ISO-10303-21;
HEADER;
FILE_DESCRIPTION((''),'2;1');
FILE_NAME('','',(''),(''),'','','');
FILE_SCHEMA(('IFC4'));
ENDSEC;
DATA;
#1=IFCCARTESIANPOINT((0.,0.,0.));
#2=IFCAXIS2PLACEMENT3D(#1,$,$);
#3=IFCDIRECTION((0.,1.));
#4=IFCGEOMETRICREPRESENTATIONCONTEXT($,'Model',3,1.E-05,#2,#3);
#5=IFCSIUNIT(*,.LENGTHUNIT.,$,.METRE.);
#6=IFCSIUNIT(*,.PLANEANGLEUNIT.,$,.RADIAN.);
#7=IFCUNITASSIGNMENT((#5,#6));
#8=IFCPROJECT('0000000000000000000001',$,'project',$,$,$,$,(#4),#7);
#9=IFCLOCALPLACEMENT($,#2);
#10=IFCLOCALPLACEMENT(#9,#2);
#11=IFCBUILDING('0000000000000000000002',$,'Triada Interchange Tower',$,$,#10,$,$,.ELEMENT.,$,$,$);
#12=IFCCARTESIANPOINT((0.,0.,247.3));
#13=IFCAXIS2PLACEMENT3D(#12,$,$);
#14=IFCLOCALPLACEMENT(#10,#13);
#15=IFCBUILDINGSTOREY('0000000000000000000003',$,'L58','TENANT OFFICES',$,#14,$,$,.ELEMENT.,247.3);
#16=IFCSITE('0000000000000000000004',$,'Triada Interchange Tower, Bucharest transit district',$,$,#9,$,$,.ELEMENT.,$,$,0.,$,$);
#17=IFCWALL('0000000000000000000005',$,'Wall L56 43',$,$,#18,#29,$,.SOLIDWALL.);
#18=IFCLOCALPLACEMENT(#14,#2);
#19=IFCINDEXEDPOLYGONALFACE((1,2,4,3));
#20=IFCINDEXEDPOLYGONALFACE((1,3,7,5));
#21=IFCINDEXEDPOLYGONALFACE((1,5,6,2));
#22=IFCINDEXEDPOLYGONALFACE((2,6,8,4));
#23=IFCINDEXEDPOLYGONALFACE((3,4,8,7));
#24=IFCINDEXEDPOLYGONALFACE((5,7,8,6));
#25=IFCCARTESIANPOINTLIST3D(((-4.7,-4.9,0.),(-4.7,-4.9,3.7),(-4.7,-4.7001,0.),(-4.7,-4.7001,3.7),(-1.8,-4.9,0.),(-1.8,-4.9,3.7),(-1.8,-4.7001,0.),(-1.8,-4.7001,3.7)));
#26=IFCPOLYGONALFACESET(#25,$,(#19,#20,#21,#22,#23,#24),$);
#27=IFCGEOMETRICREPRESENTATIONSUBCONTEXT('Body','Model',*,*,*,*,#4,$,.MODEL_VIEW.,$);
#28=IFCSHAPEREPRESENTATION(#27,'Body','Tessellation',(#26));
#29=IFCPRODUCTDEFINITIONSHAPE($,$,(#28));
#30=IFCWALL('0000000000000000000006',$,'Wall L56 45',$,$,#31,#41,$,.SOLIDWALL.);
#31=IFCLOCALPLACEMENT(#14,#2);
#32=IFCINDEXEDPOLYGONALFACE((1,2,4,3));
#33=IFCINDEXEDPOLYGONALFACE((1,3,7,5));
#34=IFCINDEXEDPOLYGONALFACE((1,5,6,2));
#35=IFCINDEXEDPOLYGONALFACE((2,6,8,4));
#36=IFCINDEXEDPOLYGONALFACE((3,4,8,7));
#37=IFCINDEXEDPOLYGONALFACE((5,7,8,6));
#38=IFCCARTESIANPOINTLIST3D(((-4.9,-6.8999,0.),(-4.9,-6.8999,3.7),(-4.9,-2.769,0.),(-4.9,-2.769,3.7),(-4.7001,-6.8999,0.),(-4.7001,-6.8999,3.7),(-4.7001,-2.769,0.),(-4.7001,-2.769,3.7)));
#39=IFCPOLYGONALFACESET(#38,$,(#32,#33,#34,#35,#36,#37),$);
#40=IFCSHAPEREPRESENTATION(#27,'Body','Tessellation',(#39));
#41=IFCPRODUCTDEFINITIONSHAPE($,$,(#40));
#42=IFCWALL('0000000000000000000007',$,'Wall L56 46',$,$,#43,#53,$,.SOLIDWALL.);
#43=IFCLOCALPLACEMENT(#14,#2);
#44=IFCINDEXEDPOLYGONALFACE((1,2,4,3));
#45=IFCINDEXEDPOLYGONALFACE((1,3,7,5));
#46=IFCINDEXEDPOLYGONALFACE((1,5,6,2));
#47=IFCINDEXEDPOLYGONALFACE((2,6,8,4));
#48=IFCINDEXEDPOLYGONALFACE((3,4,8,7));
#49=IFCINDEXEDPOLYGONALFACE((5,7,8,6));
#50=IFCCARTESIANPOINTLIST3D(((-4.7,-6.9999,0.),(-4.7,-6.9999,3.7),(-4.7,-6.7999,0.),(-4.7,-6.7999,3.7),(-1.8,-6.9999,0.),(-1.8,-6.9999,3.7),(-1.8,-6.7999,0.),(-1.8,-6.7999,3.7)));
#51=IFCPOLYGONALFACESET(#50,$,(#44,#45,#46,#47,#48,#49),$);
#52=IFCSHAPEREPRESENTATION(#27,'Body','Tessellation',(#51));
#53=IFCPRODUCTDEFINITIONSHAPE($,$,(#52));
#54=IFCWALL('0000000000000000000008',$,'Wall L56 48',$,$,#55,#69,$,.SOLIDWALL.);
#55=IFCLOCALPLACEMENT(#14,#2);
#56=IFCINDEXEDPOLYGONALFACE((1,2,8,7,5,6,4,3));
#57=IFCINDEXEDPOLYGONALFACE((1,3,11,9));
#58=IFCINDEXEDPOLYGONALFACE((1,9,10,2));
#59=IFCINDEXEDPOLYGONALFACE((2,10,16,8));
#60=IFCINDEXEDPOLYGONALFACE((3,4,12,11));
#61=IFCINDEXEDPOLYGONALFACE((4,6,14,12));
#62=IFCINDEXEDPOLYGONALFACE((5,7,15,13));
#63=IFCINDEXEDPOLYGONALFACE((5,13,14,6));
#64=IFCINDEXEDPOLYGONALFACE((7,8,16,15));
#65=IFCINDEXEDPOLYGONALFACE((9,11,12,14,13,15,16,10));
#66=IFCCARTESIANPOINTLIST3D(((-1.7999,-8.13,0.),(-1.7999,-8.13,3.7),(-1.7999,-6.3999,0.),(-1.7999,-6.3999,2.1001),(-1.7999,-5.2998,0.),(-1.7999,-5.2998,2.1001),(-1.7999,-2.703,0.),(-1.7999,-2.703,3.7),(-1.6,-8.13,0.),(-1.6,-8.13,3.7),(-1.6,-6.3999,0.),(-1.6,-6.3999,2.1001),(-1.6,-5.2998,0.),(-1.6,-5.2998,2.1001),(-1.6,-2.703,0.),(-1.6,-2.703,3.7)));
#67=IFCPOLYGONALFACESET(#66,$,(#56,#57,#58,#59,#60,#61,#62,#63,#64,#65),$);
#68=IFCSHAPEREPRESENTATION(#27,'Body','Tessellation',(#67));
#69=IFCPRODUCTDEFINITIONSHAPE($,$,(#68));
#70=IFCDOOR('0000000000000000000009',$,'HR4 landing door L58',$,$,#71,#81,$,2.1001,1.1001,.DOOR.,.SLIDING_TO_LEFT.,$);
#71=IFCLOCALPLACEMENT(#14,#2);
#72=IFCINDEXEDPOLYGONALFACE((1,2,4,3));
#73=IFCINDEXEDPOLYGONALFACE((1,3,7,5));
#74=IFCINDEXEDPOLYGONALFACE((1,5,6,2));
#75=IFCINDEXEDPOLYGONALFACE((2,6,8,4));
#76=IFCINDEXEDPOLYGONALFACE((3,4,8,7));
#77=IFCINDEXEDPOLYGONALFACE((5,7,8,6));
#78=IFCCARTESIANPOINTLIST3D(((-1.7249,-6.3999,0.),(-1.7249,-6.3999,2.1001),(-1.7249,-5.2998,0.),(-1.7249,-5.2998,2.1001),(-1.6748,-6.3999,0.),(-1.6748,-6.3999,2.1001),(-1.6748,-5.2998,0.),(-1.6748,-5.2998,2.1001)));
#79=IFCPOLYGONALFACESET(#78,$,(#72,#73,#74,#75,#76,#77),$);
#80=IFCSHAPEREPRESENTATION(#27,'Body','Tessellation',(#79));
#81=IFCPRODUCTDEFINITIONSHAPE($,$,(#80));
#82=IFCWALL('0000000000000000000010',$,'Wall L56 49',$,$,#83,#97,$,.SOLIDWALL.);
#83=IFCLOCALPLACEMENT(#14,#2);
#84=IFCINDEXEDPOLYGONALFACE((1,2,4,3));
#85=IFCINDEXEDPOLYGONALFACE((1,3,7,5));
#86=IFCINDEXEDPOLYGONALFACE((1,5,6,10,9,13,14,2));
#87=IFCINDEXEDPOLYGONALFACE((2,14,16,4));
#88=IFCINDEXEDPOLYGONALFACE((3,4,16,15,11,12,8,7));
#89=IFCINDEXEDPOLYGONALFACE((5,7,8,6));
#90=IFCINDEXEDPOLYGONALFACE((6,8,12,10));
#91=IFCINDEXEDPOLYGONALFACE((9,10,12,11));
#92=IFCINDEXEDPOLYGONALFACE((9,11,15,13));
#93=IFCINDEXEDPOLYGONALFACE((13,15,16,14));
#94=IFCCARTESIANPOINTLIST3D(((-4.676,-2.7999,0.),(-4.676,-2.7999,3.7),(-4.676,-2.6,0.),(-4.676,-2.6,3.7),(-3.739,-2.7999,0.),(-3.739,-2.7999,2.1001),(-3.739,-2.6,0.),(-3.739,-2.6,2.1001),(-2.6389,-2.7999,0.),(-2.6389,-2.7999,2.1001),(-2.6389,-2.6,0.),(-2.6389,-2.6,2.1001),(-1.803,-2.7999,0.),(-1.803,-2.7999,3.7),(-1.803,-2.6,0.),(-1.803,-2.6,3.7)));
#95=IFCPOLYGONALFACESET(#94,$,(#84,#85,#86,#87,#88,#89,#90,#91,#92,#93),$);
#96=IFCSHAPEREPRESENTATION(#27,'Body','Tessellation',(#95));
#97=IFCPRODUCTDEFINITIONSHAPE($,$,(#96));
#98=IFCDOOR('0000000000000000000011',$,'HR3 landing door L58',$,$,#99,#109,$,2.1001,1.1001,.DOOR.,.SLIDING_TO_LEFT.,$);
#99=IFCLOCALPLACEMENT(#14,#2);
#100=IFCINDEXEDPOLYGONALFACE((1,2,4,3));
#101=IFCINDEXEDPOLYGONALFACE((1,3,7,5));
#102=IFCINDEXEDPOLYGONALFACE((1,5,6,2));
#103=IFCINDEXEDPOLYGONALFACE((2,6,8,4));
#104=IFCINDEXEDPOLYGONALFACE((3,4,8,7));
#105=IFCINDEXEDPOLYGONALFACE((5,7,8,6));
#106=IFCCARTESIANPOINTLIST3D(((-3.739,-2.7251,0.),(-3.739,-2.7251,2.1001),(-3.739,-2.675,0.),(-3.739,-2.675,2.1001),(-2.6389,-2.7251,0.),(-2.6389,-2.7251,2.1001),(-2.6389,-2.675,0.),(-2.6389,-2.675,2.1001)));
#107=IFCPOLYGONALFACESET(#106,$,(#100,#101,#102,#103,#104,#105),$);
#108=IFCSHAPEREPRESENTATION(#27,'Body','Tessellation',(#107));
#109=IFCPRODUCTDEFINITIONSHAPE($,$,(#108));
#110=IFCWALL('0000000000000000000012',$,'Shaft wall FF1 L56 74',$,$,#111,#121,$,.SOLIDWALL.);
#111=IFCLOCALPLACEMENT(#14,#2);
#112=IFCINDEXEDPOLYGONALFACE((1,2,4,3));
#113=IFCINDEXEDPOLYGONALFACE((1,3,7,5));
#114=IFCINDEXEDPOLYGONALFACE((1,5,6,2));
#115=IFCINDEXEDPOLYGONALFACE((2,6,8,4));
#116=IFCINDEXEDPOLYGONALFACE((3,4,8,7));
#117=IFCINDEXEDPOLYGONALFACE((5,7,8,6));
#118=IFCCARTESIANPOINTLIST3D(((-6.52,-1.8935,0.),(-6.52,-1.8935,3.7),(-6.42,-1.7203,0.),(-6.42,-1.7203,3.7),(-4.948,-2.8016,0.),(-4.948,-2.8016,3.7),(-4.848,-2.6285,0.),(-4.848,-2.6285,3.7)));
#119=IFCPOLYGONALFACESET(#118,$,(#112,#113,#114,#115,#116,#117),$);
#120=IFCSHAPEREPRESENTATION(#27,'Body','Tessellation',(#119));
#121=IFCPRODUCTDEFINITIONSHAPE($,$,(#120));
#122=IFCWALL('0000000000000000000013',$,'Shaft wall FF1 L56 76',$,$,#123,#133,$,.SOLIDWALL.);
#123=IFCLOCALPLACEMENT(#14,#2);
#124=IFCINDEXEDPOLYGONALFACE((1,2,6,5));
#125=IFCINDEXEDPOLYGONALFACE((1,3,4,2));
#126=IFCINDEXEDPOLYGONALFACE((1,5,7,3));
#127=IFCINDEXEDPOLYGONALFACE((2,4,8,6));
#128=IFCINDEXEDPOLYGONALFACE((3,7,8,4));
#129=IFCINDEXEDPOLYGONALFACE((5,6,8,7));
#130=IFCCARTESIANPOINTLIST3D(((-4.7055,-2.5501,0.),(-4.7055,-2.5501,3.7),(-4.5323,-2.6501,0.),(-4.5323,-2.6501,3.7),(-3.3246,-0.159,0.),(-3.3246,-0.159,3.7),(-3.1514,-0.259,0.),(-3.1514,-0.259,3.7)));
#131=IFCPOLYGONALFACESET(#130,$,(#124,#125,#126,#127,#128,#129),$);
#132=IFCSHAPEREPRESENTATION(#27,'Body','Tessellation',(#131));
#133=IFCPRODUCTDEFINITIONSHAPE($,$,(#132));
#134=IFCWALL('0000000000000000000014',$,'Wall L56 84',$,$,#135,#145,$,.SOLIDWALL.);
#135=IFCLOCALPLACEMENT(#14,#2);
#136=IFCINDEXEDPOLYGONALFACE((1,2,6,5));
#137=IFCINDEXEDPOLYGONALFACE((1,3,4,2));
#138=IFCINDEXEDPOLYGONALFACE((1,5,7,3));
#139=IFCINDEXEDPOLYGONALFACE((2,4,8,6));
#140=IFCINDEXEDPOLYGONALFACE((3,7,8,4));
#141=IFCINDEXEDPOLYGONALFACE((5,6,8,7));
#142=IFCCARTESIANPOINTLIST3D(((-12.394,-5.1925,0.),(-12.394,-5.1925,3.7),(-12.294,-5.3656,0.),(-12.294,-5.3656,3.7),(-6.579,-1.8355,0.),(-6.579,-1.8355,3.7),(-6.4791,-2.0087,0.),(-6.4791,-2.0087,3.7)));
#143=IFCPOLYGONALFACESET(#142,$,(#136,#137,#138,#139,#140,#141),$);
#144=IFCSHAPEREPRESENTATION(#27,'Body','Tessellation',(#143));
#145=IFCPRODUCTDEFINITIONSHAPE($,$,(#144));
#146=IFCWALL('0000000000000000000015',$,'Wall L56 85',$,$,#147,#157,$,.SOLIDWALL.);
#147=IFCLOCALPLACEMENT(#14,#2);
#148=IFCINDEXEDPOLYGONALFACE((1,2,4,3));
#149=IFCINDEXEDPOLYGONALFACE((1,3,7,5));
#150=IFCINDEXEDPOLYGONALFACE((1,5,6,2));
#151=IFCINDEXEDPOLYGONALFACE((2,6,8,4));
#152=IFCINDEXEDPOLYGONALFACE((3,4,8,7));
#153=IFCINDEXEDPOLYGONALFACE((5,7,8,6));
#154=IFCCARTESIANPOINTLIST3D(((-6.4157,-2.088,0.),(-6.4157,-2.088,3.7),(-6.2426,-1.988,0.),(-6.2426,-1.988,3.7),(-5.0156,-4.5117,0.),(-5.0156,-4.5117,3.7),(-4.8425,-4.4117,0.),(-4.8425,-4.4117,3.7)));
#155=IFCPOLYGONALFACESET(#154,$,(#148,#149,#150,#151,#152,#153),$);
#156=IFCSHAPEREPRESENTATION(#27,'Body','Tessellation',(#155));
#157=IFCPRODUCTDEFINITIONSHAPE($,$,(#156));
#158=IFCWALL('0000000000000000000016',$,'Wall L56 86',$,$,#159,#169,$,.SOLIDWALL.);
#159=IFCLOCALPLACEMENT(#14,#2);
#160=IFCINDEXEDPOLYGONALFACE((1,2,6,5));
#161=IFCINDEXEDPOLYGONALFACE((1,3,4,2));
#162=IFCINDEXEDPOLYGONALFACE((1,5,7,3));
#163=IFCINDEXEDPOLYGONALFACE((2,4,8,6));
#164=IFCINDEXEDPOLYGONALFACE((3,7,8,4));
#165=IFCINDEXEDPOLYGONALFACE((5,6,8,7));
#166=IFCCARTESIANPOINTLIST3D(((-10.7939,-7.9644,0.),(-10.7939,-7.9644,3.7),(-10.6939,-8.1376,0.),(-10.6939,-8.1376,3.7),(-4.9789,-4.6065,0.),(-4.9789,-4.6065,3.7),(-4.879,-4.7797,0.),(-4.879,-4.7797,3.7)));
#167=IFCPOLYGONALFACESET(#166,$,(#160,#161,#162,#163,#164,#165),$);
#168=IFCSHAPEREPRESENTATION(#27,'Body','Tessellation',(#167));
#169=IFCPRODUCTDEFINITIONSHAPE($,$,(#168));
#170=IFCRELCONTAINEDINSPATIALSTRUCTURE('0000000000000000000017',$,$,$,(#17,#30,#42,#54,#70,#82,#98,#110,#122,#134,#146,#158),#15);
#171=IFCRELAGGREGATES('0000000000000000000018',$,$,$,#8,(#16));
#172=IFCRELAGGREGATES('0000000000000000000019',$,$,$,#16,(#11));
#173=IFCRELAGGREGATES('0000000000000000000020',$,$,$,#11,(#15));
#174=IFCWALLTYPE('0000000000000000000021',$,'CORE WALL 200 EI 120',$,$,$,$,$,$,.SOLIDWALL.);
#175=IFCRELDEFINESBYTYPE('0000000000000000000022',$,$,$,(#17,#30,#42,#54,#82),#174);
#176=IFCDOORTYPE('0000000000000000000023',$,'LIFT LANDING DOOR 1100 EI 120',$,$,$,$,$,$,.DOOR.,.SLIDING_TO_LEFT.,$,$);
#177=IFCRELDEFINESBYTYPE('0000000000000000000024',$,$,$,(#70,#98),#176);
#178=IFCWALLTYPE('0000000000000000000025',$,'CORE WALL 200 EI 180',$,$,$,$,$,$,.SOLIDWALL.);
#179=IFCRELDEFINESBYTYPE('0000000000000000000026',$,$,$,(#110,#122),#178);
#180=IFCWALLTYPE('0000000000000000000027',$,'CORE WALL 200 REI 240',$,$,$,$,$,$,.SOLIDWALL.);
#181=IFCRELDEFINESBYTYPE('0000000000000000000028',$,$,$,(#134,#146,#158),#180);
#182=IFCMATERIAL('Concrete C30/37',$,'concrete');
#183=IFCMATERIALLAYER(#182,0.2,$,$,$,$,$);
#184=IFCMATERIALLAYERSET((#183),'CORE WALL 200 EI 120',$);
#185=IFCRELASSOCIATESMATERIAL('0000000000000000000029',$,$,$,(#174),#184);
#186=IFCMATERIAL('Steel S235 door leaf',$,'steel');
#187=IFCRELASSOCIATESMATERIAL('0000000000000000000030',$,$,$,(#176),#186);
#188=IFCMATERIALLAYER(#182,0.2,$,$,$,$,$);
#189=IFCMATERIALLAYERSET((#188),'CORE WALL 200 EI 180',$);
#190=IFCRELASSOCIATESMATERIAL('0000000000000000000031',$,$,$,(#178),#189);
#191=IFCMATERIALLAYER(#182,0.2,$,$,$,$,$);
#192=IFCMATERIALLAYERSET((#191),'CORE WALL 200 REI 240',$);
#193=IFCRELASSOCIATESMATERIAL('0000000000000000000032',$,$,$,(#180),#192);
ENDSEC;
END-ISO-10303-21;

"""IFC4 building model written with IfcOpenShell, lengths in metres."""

from ifc_helpers import new_model, si_unit, direction, frame, frame_2d, origin, place, context, subcontext, project, spatial, rectangle, extrude, material, layer, layer_set, type_object, element, fill, save


model = new_model("IFC4")

# Units and contexts
model_context = context("Model", 3, precision=1e-05, world=origin(), true_north=direction((0.0, 1.0)))
body_context = subcontext(model_context, "Body", "Model", "MODEL_VIEW")
ifc_project = project(units=[si_unit("LENGTHUNIT", "METRE"), si_unit("PLANEANGLEUNIT", "RADIAN")], contexts=[model_context])

# Site, building, storey
site_placement = place(None, origin())
site = spatial("IfcSite", under=ifc_project, at=site_placement, Name="Triada Interchange Tower, Bucharest transit district", CompositionType="ELEMENT", RefElevation=0.0)
building_placement = place(site_placement, origin())
building = spatial("IfcBuilding", under=site, at=building_placement, Name="Triada Interchange Tower", CompositionType="ELEMENT")
storey_placement = place(building_placement, frame((0.0, 0.0, 247.3)))
storey = spatial("IfcBuildingStorey", under=building, at=storey_placement, Name="L58", Description="TENANT OFFICES", CompositionType="ELEMENT", Elevation=247.3)

# Walls
ifc_material_1 = material(Name="Concrete C30/37", Category="concrete")
ifc_layer_1 = layer(ifc_material_1, 0.2)
ifc_layer_set_1 = layer_set([ifc_layer_1], Name="CORE WALL 200 EI 120")
wall_type_1 = type_object("IfcWallType", Name="CORE WALL 200 EI 120", PredefinedType="SOLIDWALL", material=ifc_layer_set_1)
wall_1_placement = place(storey_placement, frame((-4.7, -4.8, 0.0), z_axis=(0.0, 0.0, 1.0), x_axis=(1.0, 0.0, 0.0)))
element("IfcWall", 1, at=wall_1_placement, inside=storey, type_object=wall_type_1, Name="Wall L56 43", PredefinedType="SOLIDWALL", context=body_context, shape_type="SweptSolid", body=[
    extrude(rectangle(XDim=2.8999, YDim=0.2, at=frame_2d((1.45, 0.0))), origin(), (0.0, 0.0, 1.0), 3.7),
])
wall_2_placement = place(storey_placement, frame((-4.8, -6.8999, 0.0), z_axis=(0.0, 0.0, 1.0), x_axis=(0.0, 1.0, 0.0)))
element("IfcWall", 2, at=wall_2_placement, inside=storey, type_object=wall_type_1, Name="Wall L56 45", PredefinedType="SOLIDWALL", context=body_context, shape_type="SweptSolid", body=[
    extrude(rectangle(XDim=4.1309, YDim=0.2, at=frame_2d((2.0654, 0.0))), origin(), (0.0, 0.0, 1.0), 3.7),
])
wall_3_placement = place(storey_placement, frame((-4.7, -6.8999, 0.0), z_axis=(0.0, 0.0, 1.0), x_axis=(1.0, 0.0, 0.0)))
element("IfcWall", 3, at=wall_3_placement, inside=storey, type_object=wall_type_1, Name="Wall L56 46", PredefinedType="SOLIDWALL", context=body_context, shape_type="SweptSolid", body=[
    extrude(rectangle(XDim=2.8999, YDim=0.2, at=frame_2d((1.45, 0.0))), origin(), (0.0, 0.0, 1.0), 3.7),
])

# Walls, openings, doors
wall_4_placement = place(storey_placement, frame((-1.7, -8.1299, 0.0), z_axis=(0.0, 0.0, 1.0), x_axis=(0.0, 1.0, 0.0)))
wall_4 = element("IfcWall", 4, at=wall_4_placement, inside=storey, type_object=wall_type_1, Name="Wall L56 48", PredefinedType="SOLIDWALL", context=body_context, shape_type="SweptSolid", body=[
    extrude(rectangle(XDim=5.427, YDim=0.2, at=frame_2d((2.7134, 0.0))), origin(), (0.0, 0.0, 1.0), 3.7),
])
opening_1_placement = place(wall_4_placement, frame((1.73, 0.0, 0.0)))
opening_1 = element("IfcOpeningElement", 5, at=opening_1_placement, cuts=wall_4, PredefinedType="OPENING", context=body_context, shape_type="SweptSolid", body=[
    extrude(rectangle(XDim=1.1001, YDim=2.1001, at=frame_2d((0.55, 1.05))), frame((0.0, 0.1099, 0.0), z_axis=(0.0, -1.0, 0.0), x_axis=(1.0, 0.0, 0.0)), (0.0, 0.0, 1.0), 0.22),
])
ifc_material_2 = material(Name="Steel S235 door leaf", Category="steel")
door_type_1 = type_object("IfcDoorType", Name="LIFT LANDING DOOR 1100 EI 120", OperationType="SLIDING_TO_LEFT", PredefinedType="DOOR", material=ifc_material_2)
door_1_placement = place(opening_1_placement, origin())
door_1 = element("IfcDoor", 6, at=door_1_placement, inside=storey, type_object=door_type_1, Name="HR4 landing door L58", OperationType="SLIDING_TO_LEFT", OverallHeight=2.1001, OverallWidth=1.1001, PredefinedType="DOOR", context=body_context, shape_type="SweptSolid", body=[
    extrude(rectangle(XDim=1.1001, YDim=2.1001, at=frame_2d((0.55, 1.05))), frame((0.0, 0.0249, 0.0), z_axis=(0.0, -1.0, 0.0), x_axis=(1.0, 0.0, 0.0)), (0.0, 0.0, 1.0), 0.05),
])
fill(opening_1, door_1)
wall_5_placement = place(storey_placement, frame((-4.676, -2.7, 0.0), z_axis=(0.0, 0.0, 1.0), x_axis=(1.0, 0.0, 0.0)))
wall_5 = element("IfcWall", 7, at=wall_5_placement, inside=storey, type_object=wall_type_1, Name="Wall L56 49", PredefinedType="SOLIDWALL", context=body_context, shape_type="SweptSolid", body=[
    extrude(rectangle(XDim=2.873, YDim=0.2, at=frame_2d((1.4365, 0.0))), origin(), (0.0, 0.0, 1.0), 3.7),
])
opening_2_placement = place(wall_5_placement, frame((0.937, 0.0, 0.0)))
opening_2 = element("IfcOpeningElement", 8, at=opening_2_placement, cuts=wall_5, PredefinedType="OPENING", context=body_context, shape_type="SweptSolid", body=[
    extrude(rectangle(XDim=1.1001, YDim=2.1001, at=frame_2d((0.55, 1.05))), frame((0.0, 0.1099, 0.0), z_axis=(0.0, -1.0, 0.0), x_axis=(1.0, 0.0, 0.0)), (0.0, 0.0, 1.0), 0.22),
])
door_2_placement = place(opening_2_placement, origin())
door_2 = element("IfcDoor", 9, at=door_2_placement, inside=storey, type_object=door_type_1, Name="HR3 landing door L58", OperationType="SLIDING_TO_LEFT", OverallHeight=2.1001, OverallWidth=1.1001, PredefinedType="DOOR", context=body_context, shape_type="SweptSolid", body=[
    extrude(rectangle(XDim=1.1001, YDim=2.1001, at=frame_2d((0.55, 1.05))), frame((0.0, 0.0249, 0.0), z_axis=(0.0, -1.0, 0.0), x_axis=(1.0, 0.0, 0.0)), (0.0, 0.0, 1.0), 0.05),
])
fill(opening_2, door_2)

# Walls
ifc_layer_2 = layer(ifc_material_1, 0.2)
ifc_layer_set_2 = layer_set([ifc_layer_2], Name="CORE WALL 200 EI 180")
wall_type_2 = type_object("IfcWallType", Name="CORE WALL 200 EI 180", PredefinedType="SOLIDWALL", material=ifc_layer_set_2)
wall_6_placement = place(storey_placement, frame((-6.47, -1.8069, 0.0), z_axis=(0.0, 0.0, 1.0), x_axis=(0.865883, -0.500246, 0.0)))
element("IfcWall", 10, at=wall_6_placement, inside=storey, type_object=wall_type_2, Name="Shaft wall FF1 L56 74", PredefinedType="SOLIDWALL", context=body_context, shape_type="SweptSolid", body=[
    extrude(rectangle(XDim=1.8154, YDim=0.2, at=frame_2d((0.9077, 0.0))), origin(), (0.0, 0.0, 1.0), 3.7),
])
wall_7_placement = place(storey_placement, frame((-4.6189, -2.6001, 0.0), z_axis=(0.0, 0.0, 1.0), x_axis=(0.500095, 0.865971, 0.0)))
element("IfcWall", 11, at=wall_7_placement, inside=storey, type_object=wall_type_2, Name="Shaft wall FF1 L56 76", PredefinedType="SOLIDWALL", context=body_context, shape_type="SweptSolid", body=[
    extrude(rectangle(XDim=2.7612, YDim=0.2, at=frame_2d((1.3806, 0.0))), origin(), (0.0, 0.0, 1.0), 3.7),
])
ifc_layer_3 = layer(ifc_material_1, 0.2)
ifc_layer_set_3 = layer_set([ifc_layer_3], Name="CORE WALL 200 REI 240")
wall_type_3 = type_object("IfcWallType", Name="CORE WALL 200 REI 240", PredefinedType="SOLIDWALL", material=ifc_layer_set_3)
wall_8_placement = place(storey_placement, frame((-12.344, -5.2791, 0.0), z_axis=(0.0, 0.0, 1.0), x_axis=(0.866046, 0.499964, 0.0)))
element("IfcWall", 12, at=wall_8_placement, inside=storey, type_object=wall_type_3, Name="Wall L56 84", PredefinedType="SOLIDWALL", context=body_context, shape_type="SweptSolid", body=[
    extrude(rectangle(XDim=6.7144, YDim=0.2, at=frame_2d((3.3572, 0.0))), origin(), (0.0, 0.0, 1.0), 3.7),
])
wall_9_placement = place(storey_placement, frame((-6.3291, -2.0381, 0.0), z_axis=(0.0, 0.0, 1.0), x_axis=(0.500201, -0.86591, 0.0)))
element("IfcWall", 13, at=wall_9_placement, inside=storey, type_object=wall_type_3, Name="Wall L56 85", PredefinedType="SOLIDWALL", context=body_context, shape_type="SweptSolid", body=[
    extrude(rectangle(XDim=2.7991, YDim=0.2, at=frame_2d((1.3994, 0.0))), origin(), (0.0, 0.0, 1.0), 3.7),
])
wall_10_placement = place(storey_placement, frame((-10.7439, -8.051, 0.0), z_axis=(0.0, 0.0, 1.0), x_axis=(0.865983, 0.500073, 0.0)))
element("IfcWall", 14, at=wall_10_placement, inside=storey, type_object=wall_type_3, Name="Wall L56 86", PredefinedType="SOLIDWALL", context=body_context, shape_type="SweptSolid", body=[
    extrude(rectangle(XDim=6.7148, YDim=0.2, at=frame_2d((3.3574, 0.0))), origin(), (0.0, 0.0, 1.0), 3.7),
])

save(model, "model.ifc")
